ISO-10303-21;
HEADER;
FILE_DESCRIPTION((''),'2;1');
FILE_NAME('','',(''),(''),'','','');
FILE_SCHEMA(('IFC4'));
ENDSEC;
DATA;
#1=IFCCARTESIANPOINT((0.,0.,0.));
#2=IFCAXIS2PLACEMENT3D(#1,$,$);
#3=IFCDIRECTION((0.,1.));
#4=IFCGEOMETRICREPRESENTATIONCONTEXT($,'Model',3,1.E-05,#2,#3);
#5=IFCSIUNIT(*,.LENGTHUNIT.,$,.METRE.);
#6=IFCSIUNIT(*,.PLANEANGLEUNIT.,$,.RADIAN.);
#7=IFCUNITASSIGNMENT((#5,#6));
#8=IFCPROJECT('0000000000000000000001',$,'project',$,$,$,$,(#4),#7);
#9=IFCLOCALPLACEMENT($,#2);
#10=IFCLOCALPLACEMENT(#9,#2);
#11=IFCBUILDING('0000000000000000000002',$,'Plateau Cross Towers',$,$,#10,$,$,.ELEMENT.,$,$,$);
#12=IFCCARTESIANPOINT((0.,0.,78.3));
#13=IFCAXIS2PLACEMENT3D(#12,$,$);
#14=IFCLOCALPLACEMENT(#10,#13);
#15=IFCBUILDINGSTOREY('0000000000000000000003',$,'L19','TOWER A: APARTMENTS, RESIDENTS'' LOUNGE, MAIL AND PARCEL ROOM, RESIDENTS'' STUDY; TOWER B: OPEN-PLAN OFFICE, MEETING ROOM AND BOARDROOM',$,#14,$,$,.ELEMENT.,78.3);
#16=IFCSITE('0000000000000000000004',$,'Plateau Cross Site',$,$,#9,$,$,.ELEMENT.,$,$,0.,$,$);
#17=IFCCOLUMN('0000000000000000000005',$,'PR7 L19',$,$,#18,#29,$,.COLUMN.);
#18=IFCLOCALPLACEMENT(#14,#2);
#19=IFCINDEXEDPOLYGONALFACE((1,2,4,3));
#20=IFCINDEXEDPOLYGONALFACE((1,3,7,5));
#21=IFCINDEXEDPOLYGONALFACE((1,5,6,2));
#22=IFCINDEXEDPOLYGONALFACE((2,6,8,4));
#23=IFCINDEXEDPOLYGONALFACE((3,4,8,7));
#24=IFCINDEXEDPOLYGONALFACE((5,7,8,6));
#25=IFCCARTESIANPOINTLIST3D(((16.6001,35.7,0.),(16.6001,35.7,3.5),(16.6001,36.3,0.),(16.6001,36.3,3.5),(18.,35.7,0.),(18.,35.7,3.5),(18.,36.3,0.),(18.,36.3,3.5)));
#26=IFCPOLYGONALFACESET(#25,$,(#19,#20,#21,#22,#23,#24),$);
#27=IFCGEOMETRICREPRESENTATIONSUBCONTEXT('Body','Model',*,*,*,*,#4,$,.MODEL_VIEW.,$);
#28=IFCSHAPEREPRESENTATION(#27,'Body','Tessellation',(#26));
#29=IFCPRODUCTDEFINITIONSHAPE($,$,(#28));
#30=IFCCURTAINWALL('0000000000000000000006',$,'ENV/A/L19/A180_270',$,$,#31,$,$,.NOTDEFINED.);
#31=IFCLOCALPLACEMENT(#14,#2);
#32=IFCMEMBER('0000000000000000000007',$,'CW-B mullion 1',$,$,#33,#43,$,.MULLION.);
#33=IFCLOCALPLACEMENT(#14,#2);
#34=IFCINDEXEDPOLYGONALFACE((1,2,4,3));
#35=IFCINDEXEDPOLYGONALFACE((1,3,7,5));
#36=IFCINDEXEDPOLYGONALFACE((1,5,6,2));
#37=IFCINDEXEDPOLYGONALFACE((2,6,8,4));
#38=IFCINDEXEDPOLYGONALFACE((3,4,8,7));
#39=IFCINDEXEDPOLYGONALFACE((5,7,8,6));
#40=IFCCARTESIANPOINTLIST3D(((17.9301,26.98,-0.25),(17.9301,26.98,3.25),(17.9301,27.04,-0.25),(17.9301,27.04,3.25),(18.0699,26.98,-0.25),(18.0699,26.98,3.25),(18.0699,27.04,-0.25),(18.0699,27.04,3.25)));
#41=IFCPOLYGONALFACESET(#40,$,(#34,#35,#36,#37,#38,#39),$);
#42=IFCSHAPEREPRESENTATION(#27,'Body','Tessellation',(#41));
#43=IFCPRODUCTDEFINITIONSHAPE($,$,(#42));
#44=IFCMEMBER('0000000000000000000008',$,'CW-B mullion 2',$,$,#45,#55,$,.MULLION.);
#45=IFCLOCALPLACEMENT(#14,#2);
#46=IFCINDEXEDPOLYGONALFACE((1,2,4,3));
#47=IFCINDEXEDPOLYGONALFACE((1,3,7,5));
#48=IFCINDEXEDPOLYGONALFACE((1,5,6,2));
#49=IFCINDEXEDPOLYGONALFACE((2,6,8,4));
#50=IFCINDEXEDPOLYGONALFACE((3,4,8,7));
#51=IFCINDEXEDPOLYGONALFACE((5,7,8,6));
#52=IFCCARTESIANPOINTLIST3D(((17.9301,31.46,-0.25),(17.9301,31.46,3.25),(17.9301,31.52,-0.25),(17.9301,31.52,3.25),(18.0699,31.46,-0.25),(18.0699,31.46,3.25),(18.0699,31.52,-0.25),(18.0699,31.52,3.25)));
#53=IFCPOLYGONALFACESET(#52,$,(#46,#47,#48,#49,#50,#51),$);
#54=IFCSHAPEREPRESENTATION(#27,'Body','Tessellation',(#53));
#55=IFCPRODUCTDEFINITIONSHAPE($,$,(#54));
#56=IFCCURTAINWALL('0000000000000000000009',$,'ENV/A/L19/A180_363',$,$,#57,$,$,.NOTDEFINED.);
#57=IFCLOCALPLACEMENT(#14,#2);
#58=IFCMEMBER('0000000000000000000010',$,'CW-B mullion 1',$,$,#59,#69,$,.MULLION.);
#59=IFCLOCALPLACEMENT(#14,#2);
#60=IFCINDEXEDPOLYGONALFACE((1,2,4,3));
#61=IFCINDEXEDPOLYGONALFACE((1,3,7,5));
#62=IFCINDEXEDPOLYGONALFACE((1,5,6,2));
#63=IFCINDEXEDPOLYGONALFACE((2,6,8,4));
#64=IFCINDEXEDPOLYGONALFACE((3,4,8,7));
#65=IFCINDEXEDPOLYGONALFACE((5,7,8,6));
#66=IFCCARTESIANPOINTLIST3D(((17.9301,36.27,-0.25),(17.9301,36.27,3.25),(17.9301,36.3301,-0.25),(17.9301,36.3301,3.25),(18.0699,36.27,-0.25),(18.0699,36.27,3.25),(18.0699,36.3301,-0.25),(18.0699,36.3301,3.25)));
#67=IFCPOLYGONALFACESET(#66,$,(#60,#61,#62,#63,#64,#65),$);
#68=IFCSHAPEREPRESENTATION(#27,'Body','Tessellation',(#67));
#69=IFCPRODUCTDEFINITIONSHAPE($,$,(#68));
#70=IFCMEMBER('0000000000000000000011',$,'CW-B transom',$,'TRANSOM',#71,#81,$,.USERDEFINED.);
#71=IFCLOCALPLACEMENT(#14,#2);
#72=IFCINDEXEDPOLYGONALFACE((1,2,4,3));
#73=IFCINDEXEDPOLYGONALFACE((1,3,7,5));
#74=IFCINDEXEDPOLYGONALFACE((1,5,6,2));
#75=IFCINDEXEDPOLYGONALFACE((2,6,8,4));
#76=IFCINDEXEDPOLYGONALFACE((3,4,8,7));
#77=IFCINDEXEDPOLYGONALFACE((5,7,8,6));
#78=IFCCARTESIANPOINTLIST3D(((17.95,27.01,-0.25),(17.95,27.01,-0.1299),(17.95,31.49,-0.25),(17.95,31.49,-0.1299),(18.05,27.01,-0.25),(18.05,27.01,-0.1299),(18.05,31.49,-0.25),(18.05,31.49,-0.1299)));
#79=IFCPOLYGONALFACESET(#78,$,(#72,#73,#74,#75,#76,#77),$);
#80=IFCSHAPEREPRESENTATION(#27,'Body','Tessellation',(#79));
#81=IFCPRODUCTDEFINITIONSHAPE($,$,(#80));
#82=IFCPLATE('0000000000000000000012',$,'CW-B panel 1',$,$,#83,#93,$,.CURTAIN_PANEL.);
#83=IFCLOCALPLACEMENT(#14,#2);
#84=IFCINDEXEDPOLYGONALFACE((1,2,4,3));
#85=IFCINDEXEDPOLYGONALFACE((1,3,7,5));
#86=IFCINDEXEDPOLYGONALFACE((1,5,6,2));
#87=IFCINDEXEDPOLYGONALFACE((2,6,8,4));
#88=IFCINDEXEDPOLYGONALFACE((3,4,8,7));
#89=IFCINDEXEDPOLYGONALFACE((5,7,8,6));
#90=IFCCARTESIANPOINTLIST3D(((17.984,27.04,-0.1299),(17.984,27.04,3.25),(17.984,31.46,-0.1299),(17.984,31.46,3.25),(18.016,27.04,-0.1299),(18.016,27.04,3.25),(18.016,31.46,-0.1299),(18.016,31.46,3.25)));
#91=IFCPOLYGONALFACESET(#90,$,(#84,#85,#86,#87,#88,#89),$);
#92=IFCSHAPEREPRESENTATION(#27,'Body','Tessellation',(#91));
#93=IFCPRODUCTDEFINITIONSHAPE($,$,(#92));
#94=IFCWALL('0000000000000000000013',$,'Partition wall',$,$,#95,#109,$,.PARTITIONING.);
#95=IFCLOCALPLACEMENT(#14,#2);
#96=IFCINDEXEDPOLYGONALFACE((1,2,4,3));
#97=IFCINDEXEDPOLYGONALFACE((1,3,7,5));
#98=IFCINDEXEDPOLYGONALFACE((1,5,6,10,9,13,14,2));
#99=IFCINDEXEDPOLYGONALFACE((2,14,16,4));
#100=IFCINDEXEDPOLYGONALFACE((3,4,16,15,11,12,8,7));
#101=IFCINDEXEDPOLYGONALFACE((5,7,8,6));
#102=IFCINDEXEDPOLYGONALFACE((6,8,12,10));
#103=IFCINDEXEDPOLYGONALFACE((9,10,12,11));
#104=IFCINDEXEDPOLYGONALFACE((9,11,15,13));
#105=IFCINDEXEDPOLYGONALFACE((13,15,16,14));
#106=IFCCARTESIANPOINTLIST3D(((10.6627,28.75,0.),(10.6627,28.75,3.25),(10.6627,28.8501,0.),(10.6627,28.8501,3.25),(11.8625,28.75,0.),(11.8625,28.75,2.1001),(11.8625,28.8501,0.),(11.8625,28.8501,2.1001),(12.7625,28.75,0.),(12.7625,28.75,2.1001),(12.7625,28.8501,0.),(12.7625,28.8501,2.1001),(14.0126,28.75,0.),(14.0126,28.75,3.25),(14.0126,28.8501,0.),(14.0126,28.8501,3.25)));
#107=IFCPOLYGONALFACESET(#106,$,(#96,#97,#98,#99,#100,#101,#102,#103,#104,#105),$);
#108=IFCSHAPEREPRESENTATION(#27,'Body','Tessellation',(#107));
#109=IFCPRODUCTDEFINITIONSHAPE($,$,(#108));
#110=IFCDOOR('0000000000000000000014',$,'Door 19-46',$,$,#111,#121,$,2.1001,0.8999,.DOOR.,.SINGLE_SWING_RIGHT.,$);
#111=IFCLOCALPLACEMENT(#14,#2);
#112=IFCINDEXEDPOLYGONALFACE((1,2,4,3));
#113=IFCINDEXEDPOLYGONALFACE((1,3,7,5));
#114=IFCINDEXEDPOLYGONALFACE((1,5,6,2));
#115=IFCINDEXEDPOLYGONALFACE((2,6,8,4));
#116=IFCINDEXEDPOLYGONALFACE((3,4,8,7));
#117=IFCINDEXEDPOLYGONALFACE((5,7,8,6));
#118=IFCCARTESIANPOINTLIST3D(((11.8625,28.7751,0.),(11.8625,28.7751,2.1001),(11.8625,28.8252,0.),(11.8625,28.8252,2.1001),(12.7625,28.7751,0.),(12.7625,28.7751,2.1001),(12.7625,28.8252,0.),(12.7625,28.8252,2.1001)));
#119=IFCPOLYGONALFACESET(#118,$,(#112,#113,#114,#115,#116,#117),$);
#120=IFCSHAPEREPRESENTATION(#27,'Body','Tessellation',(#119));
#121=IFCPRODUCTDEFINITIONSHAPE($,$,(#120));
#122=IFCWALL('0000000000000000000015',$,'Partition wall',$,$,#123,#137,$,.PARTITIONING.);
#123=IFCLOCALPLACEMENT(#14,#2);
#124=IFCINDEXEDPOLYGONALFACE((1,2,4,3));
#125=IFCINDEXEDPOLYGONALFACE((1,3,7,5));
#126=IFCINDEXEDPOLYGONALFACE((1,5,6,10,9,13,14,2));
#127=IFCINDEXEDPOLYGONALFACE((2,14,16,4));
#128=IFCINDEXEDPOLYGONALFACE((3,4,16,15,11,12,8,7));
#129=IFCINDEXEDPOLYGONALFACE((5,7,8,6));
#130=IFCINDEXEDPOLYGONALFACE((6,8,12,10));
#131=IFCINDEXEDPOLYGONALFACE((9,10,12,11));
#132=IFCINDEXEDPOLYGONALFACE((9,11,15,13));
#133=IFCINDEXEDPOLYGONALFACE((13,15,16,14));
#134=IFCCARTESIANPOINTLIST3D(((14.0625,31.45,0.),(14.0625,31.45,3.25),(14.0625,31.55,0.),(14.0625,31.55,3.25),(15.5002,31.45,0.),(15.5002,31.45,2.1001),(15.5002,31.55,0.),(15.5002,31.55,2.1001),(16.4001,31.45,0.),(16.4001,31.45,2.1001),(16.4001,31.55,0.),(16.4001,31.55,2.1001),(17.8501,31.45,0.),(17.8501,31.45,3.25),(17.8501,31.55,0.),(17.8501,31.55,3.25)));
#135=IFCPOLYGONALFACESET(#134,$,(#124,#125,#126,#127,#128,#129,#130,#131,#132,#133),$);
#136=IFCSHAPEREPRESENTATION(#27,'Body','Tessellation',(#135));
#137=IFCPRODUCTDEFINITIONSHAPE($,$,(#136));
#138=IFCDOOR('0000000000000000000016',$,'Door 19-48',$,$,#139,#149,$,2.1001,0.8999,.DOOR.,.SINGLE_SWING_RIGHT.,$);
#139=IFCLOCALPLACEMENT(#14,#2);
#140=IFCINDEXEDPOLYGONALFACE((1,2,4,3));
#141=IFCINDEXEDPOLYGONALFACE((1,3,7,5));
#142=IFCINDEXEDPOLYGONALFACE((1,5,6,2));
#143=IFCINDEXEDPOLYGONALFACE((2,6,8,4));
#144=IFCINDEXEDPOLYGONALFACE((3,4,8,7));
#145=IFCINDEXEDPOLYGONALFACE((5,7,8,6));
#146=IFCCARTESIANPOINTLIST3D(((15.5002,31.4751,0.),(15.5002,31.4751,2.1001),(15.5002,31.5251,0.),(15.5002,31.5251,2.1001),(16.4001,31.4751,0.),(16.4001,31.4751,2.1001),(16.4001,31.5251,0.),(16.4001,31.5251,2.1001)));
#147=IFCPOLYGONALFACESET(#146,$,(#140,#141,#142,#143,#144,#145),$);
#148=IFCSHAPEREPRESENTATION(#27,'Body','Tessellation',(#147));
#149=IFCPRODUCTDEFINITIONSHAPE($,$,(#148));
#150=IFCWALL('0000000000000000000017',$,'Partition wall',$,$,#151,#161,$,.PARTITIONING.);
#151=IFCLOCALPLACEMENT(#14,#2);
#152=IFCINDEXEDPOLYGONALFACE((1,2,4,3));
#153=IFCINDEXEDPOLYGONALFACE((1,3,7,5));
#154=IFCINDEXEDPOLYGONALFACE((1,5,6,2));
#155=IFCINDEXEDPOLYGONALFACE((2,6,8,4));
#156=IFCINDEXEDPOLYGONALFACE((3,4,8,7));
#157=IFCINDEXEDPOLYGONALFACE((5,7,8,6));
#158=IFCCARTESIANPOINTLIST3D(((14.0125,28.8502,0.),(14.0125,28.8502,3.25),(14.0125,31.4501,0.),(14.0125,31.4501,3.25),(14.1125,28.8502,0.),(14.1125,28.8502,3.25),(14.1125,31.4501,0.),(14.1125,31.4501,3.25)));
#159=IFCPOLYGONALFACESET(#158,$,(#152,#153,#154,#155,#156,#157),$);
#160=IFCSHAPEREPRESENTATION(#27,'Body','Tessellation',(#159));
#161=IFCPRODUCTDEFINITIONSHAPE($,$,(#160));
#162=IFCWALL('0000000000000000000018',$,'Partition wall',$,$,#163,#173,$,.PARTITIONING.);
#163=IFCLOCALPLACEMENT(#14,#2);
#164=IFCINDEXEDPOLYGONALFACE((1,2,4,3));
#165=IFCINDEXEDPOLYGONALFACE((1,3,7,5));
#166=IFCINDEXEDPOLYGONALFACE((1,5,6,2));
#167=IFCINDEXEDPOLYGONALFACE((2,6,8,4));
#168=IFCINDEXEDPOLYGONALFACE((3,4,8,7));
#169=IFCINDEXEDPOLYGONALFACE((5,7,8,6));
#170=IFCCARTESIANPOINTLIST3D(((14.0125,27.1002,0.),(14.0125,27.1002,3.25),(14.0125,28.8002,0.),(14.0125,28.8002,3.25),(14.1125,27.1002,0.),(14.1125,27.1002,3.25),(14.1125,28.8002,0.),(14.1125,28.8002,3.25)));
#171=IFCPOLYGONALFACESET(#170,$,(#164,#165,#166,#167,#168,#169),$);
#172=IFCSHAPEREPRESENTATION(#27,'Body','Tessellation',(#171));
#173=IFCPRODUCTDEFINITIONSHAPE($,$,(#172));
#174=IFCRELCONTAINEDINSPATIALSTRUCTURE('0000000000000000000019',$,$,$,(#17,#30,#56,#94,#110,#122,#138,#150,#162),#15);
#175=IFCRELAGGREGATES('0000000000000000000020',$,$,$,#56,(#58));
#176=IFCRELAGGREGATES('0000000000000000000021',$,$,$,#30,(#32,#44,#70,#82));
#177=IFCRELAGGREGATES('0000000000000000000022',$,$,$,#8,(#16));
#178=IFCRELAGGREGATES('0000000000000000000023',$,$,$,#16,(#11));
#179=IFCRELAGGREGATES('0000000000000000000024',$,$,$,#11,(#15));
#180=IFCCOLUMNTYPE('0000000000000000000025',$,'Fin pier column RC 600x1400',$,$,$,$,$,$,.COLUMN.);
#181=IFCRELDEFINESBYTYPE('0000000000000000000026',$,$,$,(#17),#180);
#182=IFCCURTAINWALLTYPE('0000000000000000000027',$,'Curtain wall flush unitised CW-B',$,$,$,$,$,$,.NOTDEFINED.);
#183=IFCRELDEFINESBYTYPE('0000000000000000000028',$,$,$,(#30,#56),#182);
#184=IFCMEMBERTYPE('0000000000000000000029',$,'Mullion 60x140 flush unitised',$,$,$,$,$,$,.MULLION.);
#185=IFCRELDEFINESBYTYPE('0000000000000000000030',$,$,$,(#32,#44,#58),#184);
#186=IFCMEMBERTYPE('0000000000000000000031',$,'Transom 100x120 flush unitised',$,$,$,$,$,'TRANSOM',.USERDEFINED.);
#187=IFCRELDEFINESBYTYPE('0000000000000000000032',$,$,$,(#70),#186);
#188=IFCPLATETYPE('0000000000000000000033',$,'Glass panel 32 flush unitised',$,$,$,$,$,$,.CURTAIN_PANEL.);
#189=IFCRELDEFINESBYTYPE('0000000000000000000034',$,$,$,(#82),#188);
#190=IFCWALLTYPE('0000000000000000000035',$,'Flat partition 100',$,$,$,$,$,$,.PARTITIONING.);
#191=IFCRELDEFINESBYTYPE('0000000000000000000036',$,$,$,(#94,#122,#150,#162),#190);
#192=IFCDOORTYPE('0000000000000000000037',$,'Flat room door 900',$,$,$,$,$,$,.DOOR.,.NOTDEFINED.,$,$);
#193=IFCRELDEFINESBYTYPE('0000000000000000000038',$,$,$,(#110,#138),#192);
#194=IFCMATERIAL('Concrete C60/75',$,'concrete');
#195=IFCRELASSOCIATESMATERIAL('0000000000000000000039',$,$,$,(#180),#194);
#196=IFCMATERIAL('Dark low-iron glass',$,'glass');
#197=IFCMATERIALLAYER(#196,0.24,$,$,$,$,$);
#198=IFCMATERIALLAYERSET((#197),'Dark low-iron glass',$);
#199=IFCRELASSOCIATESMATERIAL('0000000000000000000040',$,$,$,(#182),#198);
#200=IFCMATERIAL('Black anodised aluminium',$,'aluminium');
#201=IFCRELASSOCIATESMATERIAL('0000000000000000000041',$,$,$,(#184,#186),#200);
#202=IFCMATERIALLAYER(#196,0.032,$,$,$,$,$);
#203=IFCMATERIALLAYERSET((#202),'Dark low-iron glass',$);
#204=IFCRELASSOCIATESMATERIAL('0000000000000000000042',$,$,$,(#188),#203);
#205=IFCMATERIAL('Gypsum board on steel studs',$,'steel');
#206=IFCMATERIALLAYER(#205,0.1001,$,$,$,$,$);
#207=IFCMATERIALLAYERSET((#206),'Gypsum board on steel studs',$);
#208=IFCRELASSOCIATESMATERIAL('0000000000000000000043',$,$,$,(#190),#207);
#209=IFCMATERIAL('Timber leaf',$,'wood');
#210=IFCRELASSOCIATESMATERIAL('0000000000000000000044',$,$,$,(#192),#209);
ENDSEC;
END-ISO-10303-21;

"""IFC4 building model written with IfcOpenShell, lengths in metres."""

from ifc_helpers import new_model, si_unit, direction, frame, frame_2d, origin, origin_2d, place, context, subcontext, project, spatial, rectangle, extrude, material, layer, layer_set, material_profile, profile_set, type_object, element, fill, aggregate, save


model = new_model("IFC4")

# Units and contexts
model_context = context("Model", 3, precision=1e-05, world=origin(), true_north=direction((0.0, 1.0)))
body_context = subcontext(model_context, "Body", "Model", "MODEL_VIEW")
ifc_project = project(units=[si_unit("LENGTHUNIT", "METRE"), si_unit("PLANEANGLEUNIT", "RADIAN")], contexts=[model_context])

# Site, building, storey
site_placement = place(None, origin())
site = spatial("IfcSite", under=ifc_project, at=site_placement, Name="Plateau Cross Site", CompositionType="ELEMENT", RefElevation=0.0)
building_placement = place(site_placement, origin())
building = spatial("IfcBuilding", under=site, at=building_placement, Name="Plateau Cross Towers", CompositionType="ELEMENT")
storey_placement = place(building_placement, frame((0.0, 0.0, 78.3)))
storey = spatial("IfcBuildingStorey", under=building, at=storey_placement, Name="L19", Description="TOWER A: APARTMENTS, RESIDENTS' LOUNGE, MAIL AND PARCEL ROOM, RESIDENTS' STUDY; TOWER B: OPEN-PLAN OFFICE, MEETING ROOM AND BOARDROOM", CompositionType="ELEMENT", Elevation=78.3)

# Column
ifc_material_1 = material(Name="Concrete C60/75", Category="concrete")
ifc_material_profile_1 = material_profile(ifc_material_1, rectangle(XDim=0.6001, YDim=1.3999, at=origin_2d()), Name="RC 600x1400")
ifc_profile_set_1 = profile_set([ifc_material_profile_1], Name="Concrete C60/75")
column_type = type_object("IfcColumnType", Name="Fin pier column RC 600x1400", PredefinedType="COLUMN", material=ifc_profile_set_1)
column_placement = place(storey_placement, frame((17.3, 36.0, 0.0), z_axis=(0.0, 0.0, 1.0), x_axis=(0.0, 1.0, 0.0)))
element("IfcColumn", 1, at=column_placement, inside=storey, type_object=column_type, Name="PR7 L19", PredefinedType="COLUMN", context=body_context, shape_type="SweptSolid", body=[
    extrude(rectangle(XDim=0.6001, YDim=1.3999, at=origin_2d()), origin(), (0.0, 0.0, 1.0), 3.5),
])

# Curtain wall, members
ifc_material_2 = material(Name="Dark low-iron glass", Category="glass")
ifc_layer_1 = layer(ifc_material_2, 0.24)
ifc_layer_set_1 = layer_set([ifc_layer_1], Name="Dark low-iron glass")
curtain_wall_type = type_object("IfcCurtainWallType", Name="Curtain wall flush unitised CW-B", PredefinedType="NOTDEFINED", material=ifc_layer_set_1)
curtain_wall_1_placement = place(storey_placement, origin())
curtain_wall_1 = element("IfcCurtainWall", 2, at=curtain_wall_1_placement, inside=storey, type_object=curtain_wall_type, Name="ENV/A/L19/A180_270", PredefinedType="NOTDEFINED")
ifc_material_3 = material(Name="Black anodised aluminium", Category="aluminium")
ifc_material_profile_2 = material_profile(ifc_material_3, rectangle(XDim=0.0601, YDim=0.1399, at=origin_2d()), Name="MULLION 60x140")
ifc_profile_set_2 = profile_set([ifc_material_profile_2], Name="Black anodised aluminium")
member_type_1 = type_object("IfcMemberType", Name="Mullion 60x140 flush unitised", PredefinedType="MULLION", material=ifc_profile_set_2)
member_1_placement = place(storey_placement, frame((18.0, 27.01, -0.25), z_axis=(0.0, 0.0, 1.0), x_axis=(0.0, 1.0, 0.0)))
member_1 = element("IfcMember", 3, at=member_1_placement, type_object=member_type_1, Name="CW-B mullion 1", PredefinedType="MULLION", context=body_context, shape_type="SweptSolid", body=[
    extrude(rectangle(XDim=0.0601, YDim=0.1399, at=origin_2d()), origin(), (0.0, 0.0, 1.0), 3.5),
])
member_2_placement = place(storey_placement, frame((18.0, 31.49, -0.25), z_axis=(0.0, 0.0, 1.0), x_axis=(0.0, 1.0, 0.0)))
member_2 = element("IfcMember", 4, at=member_2_placement, type_object=member_type_1, Name="CW-B mullion 2", PredefinedType="MULLION", context=body_context, shape_type="SweptSolid", body=[
    extrude(rectangle(XDim=0.0601, YDim=0.1399, at=origin_2d()), origin(), (0.0, 0.0, 1.0), 3.5),
])

# Curtain wall, member
curtain_wall_2_placement = place(storey_placement, origin())
curtain_wall_2 = element("IfcCurtainWall", 5, at=curtain_wall_2_placement, inside=storey, type_object=curtain_wall_type, Name="ENV/A/L19/A180_363", PredefinedType="NOTDEFINED")
member_3_placement = place(storey_placement, frame((18.0, 36.3, -0.25), z_axis=(0.0, 0.0, 1.0), x_axis=(0.0, 1.0, 0.0)))
member_3 = element("IfcMember", 6, at=member_3_placement, type_object=member_type_1, Name="CW-B mullion 1", PredefinedType="MULLION", context=body_context, shape_type="SweptSolid", body=[
    extrude(rectangle(XDim=0.0601, YDim=0.1399, at=origin_2d()), origin(), (0.0, 0.0, 1.0), 3.5),
])
aggregate(curtain_wall_2, [member_3])

# Member
ifc_material_profile_3 = material_profile(ifc_material_3, rectangle(XDim=0.1001, YDim=0.1201, at=origin_2d()), Name="TRANSOM 100x120")
ifc_profile_set_3 = profile_set([ifc_material_profile_3], Name="Black anodised aluminium")
member_type_2 = type_object("IfcMemberType", Name="Transom 100x120 flush unitised", ElementType="TRANSOM", PredefinedType="USERDEFINED", material=ifc_profile_set_3)
member_4_placement = place(storey_placement, frame((18.0, 27.01, -0.1899), z_axis=(0.0, 1.0, 0.0), x_axis=(-1.0, 0.0, 0.0)))
member_4 = element("IfcMember", 7, at=member_4_placement, type_object=member_type_2, Name="CW-B transom", ObjectType="TRANSOM", PredefinedType="USERDEFINED", context=body_context, shape_type="SweptSolid", body=[
    extrude(rectangle(XDim=0.1001, YDim=0.1201, at=origin_2d()), origin(), (0.0, 0.0, 1.0), 4.48),
])

# Plate
ifc_layer_2 = layer(ifc_material_2, 0.032)
ifc_layer_set_2 = layer_set([ifc_layer_2], Name="Dark low-iron glass")
plate_type = type_object("IfcPlateType", Name="Glass panel 32 flush unitised", PredefinedType="CURTAIN_PANEL", material=ifc_layer_set_2)
plate_placement = place(storey_placement, frame((18.0, 29.25, -0.1299), z_axis=(0.0, 0.0, 1.0), x_axis=(0.0, 1.0, 0.0)))
plate = element("IfcPlate", 8, at=plate_placement, type_object=plate_type, Name="CW-B panel 1", PredefinedType="CURTAIN_PANEL", context=body_context, shape_type="SweptSolid", body=[
    extrude(rectangle(XDim=4.4199, YDim=0.032, at=origin_2d()), origin(), (0.0, 0.0, 1.0), 3.3799),
])
aggregate(curtain_wall_1, [member_1, member_2, member_4, plate])

# Walls, openings, doors
ifc_material_4 = material(Name="Gypsum board on steel studs", Category="steel")
ifc_layer_3 = layer(ifc_material_4, 0.1001)
ifc_layer_set_3 = layer_set([ifc_layer_3], Name="Gypsum board on steel studs")
wall_type_1 = type_object("IfcWallType", Name="Flat partition 100", PredefinedType="PARTITIONING", material=ifc_layer_set_3)
wall_1_placement = place(storey_placement, frame((14.0125, 28.8, 0.0), z_axis=(0.0, 0.0, 1.0), x_axis=(-1.0, 0.0, 0.0)))
wall_1 = element("IfcWall", 9, at=wall_1_placement, inside=storey, type_object=wall_type_1, Name="Partition wall", PredefinedType="PARTITIONING", context=body_context, shape_type="SweptSolid", body=[
    extrude(rectangle(XDim=3.3499, YDim=0.1001, at=frame_2d((1.6748, 0.0))), origin(), (0.0, 0.0, 1.0), 3.25),
])
opening_1_placement = place(wall_1_placement, frame((1.25, 0.0, 0.0)))
opening_1 = element("IfcOpeningElement", 10, at=opening_1_placement, cuts=wall_1, PredefinedType="OPENING", context=body_context, shape_type="SweptSolid", body=[
    extrude(rectangle(XDim=0.8999, YDim=2.1001, at=frame_2d((0.45, 1.05))), frame((0.0, 0.0601, 0.0), z_axis=(0.0, -1.0, 0.0), x_axis=(1.0, 0.0, 0.0)), (0.0, 0.0, 1.0), 0.1201),
])
ifc_material_5 = material(Name="Timber leaf", Category="wood")
door_type_1 = type_object("IfcDoorType", Name="Flat room door 900", OperationType="NOTDEFINED", PredefinedType="DOOR", material=ifc_material_5)
door_1_placement = place(opening_1_placement, origin())
door_1 = element("IfcDoor", 11, at=door_1_placement, inside=storey, type_object=door_type_1, Name="Door 19-46", OperationType="SINGLE_SWING_RIGHT", OverallHeight=2.1001, OverallWidth=0.8999, PredefinedType="DOOR", context=body_context, shape_type="SweptSolid", body=[
    extrude(rectangle(XDim=0.8999, YDim=2.1001, at=frame_2d((0.45, 1.05))), frame((0.0, 0.0249, 0.0), z_axis=(0.0, -1.0, 0.0), x_axis=(1.0, 0.0, 0.0)), (0.0, 0.0, 1.0), 0.05),
])
fill(opening_1, door_1)
wall_2_placement = place(storey_placement, frame((17.8501, 31.5, 0.0), z_axis=(0.0, 0.0, 1.0), x_axis=(-1.0, 0.0, 0.0)))
wall_2 = element("IfcWall", 12, at=wall_2_placement, inside=storey, type_object=wall_type_1, Name="Partition wall", PredefinedType="PARTITIONING", context=body_context, shape_type="SweptSolid", body=[
    extrude(rectangle(XDim=3.7876, YDim=0.1001, at=frame_2d((1.8938, 0.0))), origin(), (0.0, 0.0, 1.0), 3.25),
])
opening_2_placement = place(wall_2_placement, frame((1.45, 0.0, 0.0)))
opening_2 = element("IfcOpeningElement", 13, at=opening_2_placement, cuts=wall_2, PredefinedType="OPENING", context=body_context, shape_type="SweptSolid", body=[
    extrude(rectangle(XDim=0.8999, YDim=2.1001, at=frame_2d((0.45, 1.05))), frame((0.0, 0.0601, 0.0), z_axis=(0.0, -1.0, 0.0), x_axis=(1.0, 0.0, 0.0)), (0.0, 0.0, 1.0), 0.1201),
])
door_2_placement = place(opening_2_placement, origin())
door_2 = element("IfcDoor", 14, at=door_2_placement, inside=storey, type_object=door_type_1, Name="Door 19-48", OperationType="SINGLE_SWING_RIGHT", OverallHeight=2.1001, OverallWidth=0.8999, PredefinedType="DOOR", context=body_context, shape_type="SweptSolid", body=[
    extrude(rectangle(XDim=0.8999, YDim=2.1001, at=frame_2d((0.45, 1.05))), frame((0.0, 0.0249, 0.0), z_axis=(0.0, -1.0, 0.0), x_axis=(1.0, 0.0, 0.0)), (0.0, 0.0, 1.0), 0.05),
])
fill(opening_2, door_2)

# Walls
wall_3_placement = place(storey_placement, frame((14.0625, 31.45, 0.0), z_axis=(0.0, 0.0, 1.0), x_axis=(0.0, -1.0, 0.0)))
element("IfcWall", 15, at=wall_3_placement, inside=storey, type_object=wall_type_1, Name="Partition wall", PredefinedType="PARTITIONING", context=body_context, shape_type="SweptSolid", body=[
    extrude(rectangle(XDim=2.5999, YDim=0.1001, at=frame_2d((1.2998, 0.0))), origin(), (0.0, 0.0, 1.0), 3.25),
])
wall_4_placement = place(storey_placement, frame((14.0625, 27.1001, 0.0), z_axis=(0.0, 0.0, 1.0), x_axis=(0.0, 1.0, 0.0)))
element("IfcWall", 16, at=wall_4_placement, inside=storey, type_object=wall_type_1, Name="Partition wall", PredefinedType="PARTITIONING", context=body_context, shape_type="SweptSolid", body=[
    extrude(rectangle(XDim=1.7, YDim=0.1001, at=frame_2d((0.8501, 0.0))), origin(), (0.0, 0.0, 1.0), 3.25),
])

save(model, "model.ifc")
